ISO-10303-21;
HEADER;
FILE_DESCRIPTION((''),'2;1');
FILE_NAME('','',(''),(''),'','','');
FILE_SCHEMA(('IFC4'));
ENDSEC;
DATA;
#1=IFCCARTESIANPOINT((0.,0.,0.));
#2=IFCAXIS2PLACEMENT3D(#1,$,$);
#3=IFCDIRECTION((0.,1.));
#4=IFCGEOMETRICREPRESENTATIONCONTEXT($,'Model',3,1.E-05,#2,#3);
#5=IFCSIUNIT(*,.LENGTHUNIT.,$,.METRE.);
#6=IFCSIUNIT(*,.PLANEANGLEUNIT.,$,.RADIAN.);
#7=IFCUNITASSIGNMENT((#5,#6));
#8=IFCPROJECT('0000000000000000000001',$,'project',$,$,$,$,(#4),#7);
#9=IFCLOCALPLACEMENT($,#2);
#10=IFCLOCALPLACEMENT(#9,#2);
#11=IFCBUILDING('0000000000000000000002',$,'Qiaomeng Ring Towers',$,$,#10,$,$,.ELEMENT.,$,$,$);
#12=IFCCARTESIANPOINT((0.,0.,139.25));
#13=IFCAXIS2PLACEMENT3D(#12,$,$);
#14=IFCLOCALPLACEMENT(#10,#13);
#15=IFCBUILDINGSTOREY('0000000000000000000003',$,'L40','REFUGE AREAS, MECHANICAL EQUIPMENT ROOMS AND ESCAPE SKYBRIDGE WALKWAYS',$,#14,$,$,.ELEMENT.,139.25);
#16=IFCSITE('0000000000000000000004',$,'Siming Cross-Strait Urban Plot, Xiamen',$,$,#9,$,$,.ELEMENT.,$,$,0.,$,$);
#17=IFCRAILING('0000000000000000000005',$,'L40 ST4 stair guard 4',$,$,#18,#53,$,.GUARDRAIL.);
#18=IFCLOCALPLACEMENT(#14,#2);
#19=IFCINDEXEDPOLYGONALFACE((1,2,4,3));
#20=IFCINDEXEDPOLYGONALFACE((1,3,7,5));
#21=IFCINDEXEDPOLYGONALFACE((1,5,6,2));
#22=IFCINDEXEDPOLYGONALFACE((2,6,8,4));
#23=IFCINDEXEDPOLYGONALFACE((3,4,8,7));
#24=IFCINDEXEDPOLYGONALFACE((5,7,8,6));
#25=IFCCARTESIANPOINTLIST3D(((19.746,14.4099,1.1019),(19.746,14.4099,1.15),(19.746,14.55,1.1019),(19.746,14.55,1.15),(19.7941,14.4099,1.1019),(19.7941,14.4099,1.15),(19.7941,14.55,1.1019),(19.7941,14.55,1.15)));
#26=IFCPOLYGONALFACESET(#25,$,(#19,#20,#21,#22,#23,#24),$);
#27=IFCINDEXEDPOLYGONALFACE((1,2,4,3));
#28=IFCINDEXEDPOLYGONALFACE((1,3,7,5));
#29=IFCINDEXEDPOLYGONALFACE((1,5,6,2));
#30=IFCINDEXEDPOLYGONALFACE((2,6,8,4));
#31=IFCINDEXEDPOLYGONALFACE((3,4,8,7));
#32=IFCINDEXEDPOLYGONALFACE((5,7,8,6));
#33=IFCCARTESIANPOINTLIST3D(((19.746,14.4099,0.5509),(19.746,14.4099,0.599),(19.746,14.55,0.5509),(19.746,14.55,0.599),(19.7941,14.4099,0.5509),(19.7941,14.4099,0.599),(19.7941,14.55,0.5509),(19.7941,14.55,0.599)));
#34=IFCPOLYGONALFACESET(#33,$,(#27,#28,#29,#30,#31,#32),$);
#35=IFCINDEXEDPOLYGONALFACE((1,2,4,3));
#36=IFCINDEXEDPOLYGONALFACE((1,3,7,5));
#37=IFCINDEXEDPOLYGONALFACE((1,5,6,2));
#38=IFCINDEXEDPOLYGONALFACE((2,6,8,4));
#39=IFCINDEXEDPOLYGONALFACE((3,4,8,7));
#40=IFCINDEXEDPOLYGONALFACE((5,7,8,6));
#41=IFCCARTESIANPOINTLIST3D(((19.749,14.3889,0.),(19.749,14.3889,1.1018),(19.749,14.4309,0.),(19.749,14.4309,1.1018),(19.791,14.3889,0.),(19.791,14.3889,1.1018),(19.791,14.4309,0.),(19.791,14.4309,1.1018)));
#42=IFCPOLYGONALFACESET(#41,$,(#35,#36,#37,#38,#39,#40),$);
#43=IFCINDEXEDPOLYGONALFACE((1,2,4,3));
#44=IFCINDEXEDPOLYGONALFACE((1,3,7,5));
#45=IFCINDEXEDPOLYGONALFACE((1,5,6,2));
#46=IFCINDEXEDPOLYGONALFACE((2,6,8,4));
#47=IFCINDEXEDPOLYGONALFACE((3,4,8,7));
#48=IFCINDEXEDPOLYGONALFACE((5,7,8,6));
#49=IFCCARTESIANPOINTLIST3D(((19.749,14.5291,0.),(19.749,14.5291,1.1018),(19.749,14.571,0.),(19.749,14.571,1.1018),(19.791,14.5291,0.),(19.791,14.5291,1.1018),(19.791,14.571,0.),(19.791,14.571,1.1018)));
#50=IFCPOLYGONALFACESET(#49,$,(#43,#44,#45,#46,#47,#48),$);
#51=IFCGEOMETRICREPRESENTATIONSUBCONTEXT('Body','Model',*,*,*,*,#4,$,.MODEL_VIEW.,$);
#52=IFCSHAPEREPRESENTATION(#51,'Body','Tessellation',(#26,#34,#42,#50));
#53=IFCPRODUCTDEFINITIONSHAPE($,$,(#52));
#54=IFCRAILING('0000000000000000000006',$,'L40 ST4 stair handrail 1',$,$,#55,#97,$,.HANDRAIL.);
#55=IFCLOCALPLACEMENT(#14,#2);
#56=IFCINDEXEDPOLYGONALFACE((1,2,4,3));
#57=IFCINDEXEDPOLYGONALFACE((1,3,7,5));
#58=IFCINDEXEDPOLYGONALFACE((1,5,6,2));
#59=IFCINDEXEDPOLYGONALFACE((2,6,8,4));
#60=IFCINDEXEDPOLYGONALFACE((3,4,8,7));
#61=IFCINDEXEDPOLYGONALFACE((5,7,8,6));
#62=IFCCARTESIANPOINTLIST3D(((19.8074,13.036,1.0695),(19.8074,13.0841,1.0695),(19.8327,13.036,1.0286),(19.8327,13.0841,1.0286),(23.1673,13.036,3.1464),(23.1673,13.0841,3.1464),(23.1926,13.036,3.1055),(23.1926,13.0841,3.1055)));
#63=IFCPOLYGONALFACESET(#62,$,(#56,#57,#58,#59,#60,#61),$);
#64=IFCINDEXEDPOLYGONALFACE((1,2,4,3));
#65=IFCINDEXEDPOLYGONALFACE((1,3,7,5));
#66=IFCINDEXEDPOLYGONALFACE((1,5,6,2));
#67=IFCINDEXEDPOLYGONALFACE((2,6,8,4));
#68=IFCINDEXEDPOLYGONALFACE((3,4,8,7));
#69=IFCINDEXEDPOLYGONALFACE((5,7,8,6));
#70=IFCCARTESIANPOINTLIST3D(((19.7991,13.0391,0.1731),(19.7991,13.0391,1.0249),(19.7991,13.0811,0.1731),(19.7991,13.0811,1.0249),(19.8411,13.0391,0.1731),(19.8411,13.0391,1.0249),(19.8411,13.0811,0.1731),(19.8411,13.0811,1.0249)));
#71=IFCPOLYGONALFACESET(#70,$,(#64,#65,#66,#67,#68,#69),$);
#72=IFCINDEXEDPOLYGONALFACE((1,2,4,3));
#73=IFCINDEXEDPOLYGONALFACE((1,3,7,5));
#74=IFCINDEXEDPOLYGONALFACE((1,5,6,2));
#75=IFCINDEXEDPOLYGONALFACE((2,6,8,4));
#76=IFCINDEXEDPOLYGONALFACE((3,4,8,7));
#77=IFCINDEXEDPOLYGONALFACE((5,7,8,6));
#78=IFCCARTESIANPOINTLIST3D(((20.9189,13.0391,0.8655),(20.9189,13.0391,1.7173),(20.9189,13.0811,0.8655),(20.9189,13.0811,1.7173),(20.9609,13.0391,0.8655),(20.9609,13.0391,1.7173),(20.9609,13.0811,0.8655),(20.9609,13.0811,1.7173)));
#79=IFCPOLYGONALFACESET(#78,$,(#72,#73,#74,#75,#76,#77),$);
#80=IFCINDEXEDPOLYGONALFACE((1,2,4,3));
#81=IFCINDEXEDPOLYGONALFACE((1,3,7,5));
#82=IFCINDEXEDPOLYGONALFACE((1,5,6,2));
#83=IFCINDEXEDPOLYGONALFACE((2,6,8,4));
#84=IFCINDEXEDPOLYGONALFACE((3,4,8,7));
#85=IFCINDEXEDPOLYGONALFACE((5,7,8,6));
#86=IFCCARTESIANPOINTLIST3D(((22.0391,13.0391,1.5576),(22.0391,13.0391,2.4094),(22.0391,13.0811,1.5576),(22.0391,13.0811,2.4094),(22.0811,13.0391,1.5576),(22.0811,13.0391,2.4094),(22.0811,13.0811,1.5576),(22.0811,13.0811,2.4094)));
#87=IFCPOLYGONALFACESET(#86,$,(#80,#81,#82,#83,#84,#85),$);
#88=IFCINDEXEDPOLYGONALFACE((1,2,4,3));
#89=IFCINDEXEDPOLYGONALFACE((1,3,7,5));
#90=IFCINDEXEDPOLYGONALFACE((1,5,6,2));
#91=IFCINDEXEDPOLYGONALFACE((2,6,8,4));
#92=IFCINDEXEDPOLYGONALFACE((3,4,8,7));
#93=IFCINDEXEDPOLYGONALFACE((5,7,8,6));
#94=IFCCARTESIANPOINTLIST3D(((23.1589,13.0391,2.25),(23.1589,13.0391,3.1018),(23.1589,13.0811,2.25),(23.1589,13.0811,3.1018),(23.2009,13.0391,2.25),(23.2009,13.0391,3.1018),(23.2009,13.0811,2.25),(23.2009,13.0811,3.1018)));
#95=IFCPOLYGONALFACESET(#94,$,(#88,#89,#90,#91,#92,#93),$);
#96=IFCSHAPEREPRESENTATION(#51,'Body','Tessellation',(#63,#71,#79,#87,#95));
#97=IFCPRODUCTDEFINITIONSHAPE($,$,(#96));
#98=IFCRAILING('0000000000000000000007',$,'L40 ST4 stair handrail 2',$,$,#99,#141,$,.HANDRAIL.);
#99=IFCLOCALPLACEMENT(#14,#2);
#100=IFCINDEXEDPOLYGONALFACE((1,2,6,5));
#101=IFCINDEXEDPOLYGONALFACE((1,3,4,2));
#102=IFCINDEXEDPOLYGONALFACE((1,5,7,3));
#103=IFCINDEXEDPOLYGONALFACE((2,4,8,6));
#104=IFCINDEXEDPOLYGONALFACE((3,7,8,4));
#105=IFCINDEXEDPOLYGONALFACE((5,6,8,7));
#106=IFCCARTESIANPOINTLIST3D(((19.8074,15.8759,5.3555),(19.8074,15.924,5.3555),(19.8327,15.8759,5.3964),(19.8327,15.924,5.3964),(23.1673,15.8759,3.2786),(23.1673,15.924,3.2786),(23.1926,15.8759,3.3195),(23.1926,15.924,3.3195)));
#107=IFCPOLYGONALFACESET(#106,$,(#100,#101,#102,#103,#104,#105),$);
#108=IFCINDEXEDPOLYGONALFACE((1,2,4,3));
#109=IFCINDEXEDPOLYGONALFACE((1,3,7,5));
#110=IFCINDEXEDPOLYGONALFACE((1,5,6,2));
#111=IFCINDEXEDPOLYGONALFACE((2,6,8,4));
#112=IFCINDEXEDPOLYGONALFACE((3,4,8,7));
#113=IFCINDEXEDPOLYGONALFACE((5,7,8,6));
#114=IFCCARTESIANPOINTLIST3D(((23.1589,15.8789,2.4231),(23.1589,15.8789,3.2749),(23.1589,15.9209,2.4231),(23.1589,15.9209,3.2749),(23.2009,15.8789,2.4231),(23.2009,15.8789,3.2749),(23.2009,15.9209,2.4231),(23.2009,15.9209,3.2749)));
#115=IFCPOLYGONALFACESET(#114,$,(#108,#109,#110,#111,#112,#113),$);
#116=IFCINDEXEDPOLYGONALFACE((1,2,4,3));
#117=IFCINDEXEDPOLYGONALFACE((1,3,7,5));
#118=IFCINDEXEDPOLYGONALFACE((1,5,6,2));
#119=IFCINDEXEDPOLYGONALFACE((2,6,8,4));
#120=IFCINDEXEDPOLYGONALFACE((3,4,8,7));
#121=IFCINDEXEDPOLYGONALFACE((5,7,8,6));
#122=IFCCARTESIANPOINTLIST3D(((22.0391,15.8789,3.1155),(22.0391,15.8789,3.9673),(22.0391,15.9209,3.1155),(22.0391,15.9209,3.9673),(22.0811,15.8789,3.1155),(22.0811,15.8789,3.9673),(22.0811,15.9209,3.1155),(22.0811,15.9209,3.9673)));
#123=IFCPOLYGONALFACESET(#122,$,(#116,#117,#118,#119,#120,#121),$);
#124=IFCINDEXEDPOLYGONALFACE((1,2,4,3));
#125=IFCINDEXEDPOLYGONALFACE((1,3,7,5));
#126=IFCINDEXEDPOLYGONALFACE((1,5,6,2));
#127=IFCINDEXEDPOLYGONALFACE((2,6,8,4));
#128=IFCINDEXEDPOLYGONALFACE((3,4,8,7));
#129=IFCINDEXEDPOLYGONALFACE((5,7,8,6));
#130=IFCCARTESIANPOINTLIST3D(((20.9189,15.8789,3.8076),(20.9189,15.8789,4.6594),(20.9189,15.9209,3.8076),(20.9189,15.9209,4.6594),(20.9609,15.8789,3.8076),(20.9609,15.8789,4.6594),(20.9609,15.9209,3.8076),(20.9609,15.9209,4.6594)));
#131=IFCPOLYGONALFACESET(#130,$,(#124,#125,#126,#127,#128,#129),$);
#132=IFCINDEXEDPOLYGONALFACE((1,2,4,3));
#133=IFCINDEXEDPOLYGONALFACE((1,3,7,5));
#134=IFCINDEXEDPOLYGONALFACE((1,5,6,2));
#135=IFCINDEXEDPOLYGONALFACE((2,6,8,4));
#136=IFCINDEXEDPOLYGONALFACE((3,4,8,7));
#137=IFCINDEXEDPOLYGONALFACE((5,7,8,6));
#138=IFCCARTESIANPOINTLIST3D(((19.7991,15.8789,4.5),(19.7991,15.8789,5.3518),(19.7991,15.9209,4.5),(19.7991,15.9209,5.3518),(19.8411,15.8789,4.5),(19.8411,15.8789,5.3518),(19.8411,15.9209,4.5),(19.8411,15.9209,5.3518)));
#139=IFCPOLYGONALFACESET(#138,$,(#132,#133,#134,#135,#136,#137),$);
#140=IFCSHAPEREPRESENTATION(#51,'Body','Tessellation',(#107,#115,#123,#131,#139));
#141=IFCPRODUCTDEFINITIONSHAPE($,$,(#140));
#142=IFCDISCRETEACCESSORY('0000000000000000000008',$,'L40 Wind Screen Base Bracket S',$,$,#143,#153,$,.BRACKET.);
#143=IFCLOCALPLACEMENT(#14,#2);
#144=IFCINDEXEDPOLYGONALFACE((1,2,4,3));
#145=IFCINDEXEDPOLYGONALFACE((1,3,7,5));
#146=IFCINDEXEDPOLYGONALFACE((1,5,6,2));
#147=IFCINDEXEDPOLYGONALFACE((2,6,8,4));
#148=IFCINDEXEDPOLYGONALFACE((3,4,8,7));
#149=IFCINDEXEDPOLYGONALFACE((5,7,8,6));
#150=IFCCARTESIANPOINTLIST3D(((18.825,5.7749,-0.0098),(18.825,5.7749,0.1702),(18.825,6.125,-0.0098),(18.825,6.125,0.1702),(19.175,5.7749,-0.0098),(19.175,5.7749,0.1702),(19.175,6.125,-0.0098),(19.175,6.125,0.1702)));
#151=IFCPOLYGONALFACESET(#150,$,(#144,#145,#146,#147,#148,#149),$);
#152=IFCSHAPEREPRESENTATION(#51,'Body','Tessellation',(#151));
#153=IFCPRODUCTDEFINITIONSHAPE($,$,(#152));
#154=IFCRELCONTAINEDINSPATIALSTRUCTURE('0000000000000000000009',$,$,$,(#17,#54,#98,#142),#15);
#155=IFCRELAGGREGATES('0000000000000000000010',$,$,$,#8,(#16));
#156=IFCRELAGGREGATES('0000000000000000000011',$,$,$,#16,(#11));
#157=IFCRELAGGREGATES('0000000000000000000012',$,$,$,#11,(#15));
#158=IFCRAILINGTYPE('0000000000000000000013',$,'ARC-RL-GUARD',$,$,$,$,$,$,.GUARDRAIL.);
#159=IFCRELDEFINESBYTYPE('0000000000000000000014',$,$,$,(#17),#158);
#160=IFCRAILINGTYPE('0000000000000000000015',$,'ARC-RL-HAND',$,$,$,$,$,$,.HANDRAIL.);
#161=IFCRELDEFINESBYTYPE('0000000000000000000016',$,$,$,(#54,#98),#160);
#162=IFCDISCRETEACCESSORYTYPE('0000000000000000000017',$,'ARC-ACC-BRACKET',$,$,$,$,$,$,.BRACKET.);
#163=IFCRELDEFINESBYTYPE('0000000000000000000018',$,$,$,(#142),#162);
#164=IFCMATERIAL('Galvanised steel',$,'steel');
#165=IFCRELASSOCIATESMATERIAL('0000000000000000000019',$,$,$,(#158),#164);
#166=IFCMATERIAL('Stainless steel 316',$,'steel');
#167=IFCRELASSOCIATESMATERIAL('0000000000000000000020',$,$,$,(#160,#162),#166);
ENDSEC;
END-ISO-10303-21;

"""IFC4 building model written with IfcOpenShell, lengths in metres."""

from ifc_helpers import new_model, si_unit, direction, frame, origin, origin_2d, place, context, subcontext, project, spatial, rectangle, extrude, source, transform, mapped, material, type_object, element, save


model = new_model("IFC4")

# Units and contexts
model_context = context("Model", 3, precision=1e-05, world=origin(), true_north=direction((0.0, 1.0)))
body_context = subcontext(model_context, "Body", "Model", "MODEL_VIEW")
ifc_project = project(units=[si_unit("LENGTHUNIT", "METRE"), si_unit("PLANEANGLEUNIT", "RADIAN")], contexts=[model_context])

# Site, building, storey
site_placement = place(None, origin())
site = spatial("IfcSite", under=ifc_project, at=site_placement, Name="Siming Cross-Strait Urban Plot, Xiamen", CompositionType="ELEMENT", RefElevation=0.0)
building_placement = place(site_placement, origin())
building = spatial("IfcBuilding", under=site, at=building_placement, Name="Qiaomeng Ring Towers", CompositionType="ELEMENT")
storey_placement = place(building_placement, frame((0.0, 0.0, 139.25)))
storey = spatial("IfcBuildingStorey", under=building, at=storey_placement, Name="L40", Description="REFUGE AREAS, MECHANICAL EQUIPMENT ROOMS AND ESCAPE SKYBRIDGE WALKWAYS", CompositionType="ELEMENT", Elevation=139.25)

# Shared definitions
ifc_material_1 = material(Name="Stainless steel 316", Category="steel")

# Shared definitions
ifc_material_2 = material(Name="Galvanised steel", Category="steel")

# Railings
railing_type_1 = type_object("IfcRailingType", Name="ARC-RL-GUARD", PredefinedType="GUARDRAIL", material=ifc_material_2)
railing_1_placement = place(storey_placement, frame((19.77, 14.4099, 0.0)))
element("IfcRailing", 1, at=railing_1_placement, inside=storey, type_object=railing_type_1, Name="L40 ST4 stair guard 4", PredefinedType="GUARDRAIL", context=body_context, shape_type="SweptSolid", body=[
    extrude(rectangle(XDim=0.0481, YDim=0.0481, at=origin_2d()), frame((0.0, 0.0, 1.126), z_axis=(0.0, 1.0, 0.0), x_axis=(-1.0, 0.0, 0.0)), (0.0, 0.0, 1.0), 0.1401),
    extrude(rectangle(XDim=0.0481, YDim=0.0481, at=origin_2d()), frame((0.0, 0.0, 0.575), z_axis=(0.0, 1.0, 0.0), x_axis=(-1.0, 0.0, 0.0)), (0.0, 0.0, 1.0), 0.1401),
    extrude(rectangle(XDim=0.042, YDim=0.042, at=origin_2d()), origin(), (0.0, 0.0, 1.0), 1.1018),
    extrude(rectangle(XDim=0.042, YDim=0.042, at=origin_2d()), frame((0.0, 0.1401, 0.0)), (0.0, 0.0, 1.0), 1.1018),
])
railing_type_2 = type_object("IfcRailingType", Name="ARC-RL-HAND", PredefinedType="HANDRAIL", material=ifc_material_1)
railing_2_placement = place(storey_placement, frame((19.8201, 13.0601, 0.1731)))
element("IfcRailing", 2, at=railing_2_placement, inside=storey, type_object=railing_type_2, Name="L40 ST4 stair handrail 1", PredefinedType="HANDRAIL", context=body_context, shape_type="SweptSolid", body=[
    extrude(rectangle(XDim=0.0481, YDim=0.0481, at=origin_2d()), frame((0.0, 0.0, 0.876), z_axis=(0.850606, 0.0, 0.525803), x_axis=(0.0, 1.0, 0.0)), (0.0, 0.0, 1.0), 3.95),
    extrude(rectangle(XDim=0.042, YDim=0.042, at=origin_2d()), origin(), (0.0, 0.0, 1.0), 0.8518),
    extrude(rectangle(XDim=0.042, YDim=0.042, at=origin_2d()), frame((1.1199, 0.0, 0.6924)), (0.0, 0.0, 1.0), 0.8518),
    extrude(rectangle(XDim=0.042, YDim=0.042, at=origin_2d()), frame((2.24, 0.0, 1.3845)), (0.0, 0.0, 1.0), 0.8518),
    extrude(rectangle(XDim=0.042, YDim=0.042, at=origin_2d()), frame((3.3599, 0.0, 2.0769)), (0.0, 0.0, 1.0), 0.8518),
])
railing_3_placement = place(storey_placement, frame((23.1799, 15.8999, 2.4231)))
element("IfcRailing", 3, at=railing_3_placement, inside=storey, type_object=railing_type_2, Name="L40 ST4 stair handrail 2", PredefinedType="HANDRAIL", context=body_context, shape_type="SweptSolid", body=[
    extrude(rectangle(XDim=0.0481, YDim=0.0481, at=origin_2d()), frame((0.0, 0.0, 0.876), z_axis=(-0.850606, 0.0, 0.525803), x_axis=(0.0, -1.0, 0.0)), (0.0, 0.0, 1.0), 3.95),
    extrude(rectangle(XDim=0.042, YDim=0.042, at=origin_2d()), origin(), (0.0, 0.0, 1.0), 0.8518),
    extrude(rectangle(XDim=0.042, YDim=0.042, at=origin_2d()), frame((-1.1199, 0.0, 0.6924)), (0.0, 0.0, 1.0), 0.8518),
    extrude(rectangle(XDim=0.042, YDim=0.042, at=origin_2d()), frame((-2.24, 0.0, 1.3845)), (0.0, 0.0, 1.0), 0.8518),
    extrude(rectangle(XDim=0.042, YDim=0.042, at=origin_2d()), frame((-3.3599, 0.0, 2.0769)), (0.0, 0.0, 1.0), 0.8518),
])

# Discrete accessory
discrete_accessory_type = type_object("IfcDiscreteAccessoryType", Name="ARC-ACC-BRACKET", PredefinedType="BRACKET", material=ifc_material_1)
shared_shape_1 = source(origin(), body_context, "Body", "SweptSolid", [
    extrude(rectangle(XDim=0.3501, YDim=0.3501, at=origin_2d()), origin(), (0.0, 0.0, 1.0), 0.1799),
])
discrete_accessory_placement = place(storey_placement, frame((19.0, 5.95, -0.0098), z_axis=(0.0, 0.0, 1.0), x_axis=(1.0, 0.0, 0.0)))
element("IfcDiscreteAccessory", 4, at=discrete_accessory_placement, inside=storey, type_object=discrete_accessory_type, Name="L40 Wind Screen Base Bracket S", PredefinedType="BRACKET", context=body_context, shape_type="MappedRepresentation", body=[
    mapped(shared_shape_1, transform((0.0, 0.0, 0.0), x_axis=(1.0, 0.0, 0.0), y_axis=(0.0, 1.0, 0.0), z_axis=(0.0, 0.0, 1.0), scale=1.0)),
])

save(model, "model.ifc")
